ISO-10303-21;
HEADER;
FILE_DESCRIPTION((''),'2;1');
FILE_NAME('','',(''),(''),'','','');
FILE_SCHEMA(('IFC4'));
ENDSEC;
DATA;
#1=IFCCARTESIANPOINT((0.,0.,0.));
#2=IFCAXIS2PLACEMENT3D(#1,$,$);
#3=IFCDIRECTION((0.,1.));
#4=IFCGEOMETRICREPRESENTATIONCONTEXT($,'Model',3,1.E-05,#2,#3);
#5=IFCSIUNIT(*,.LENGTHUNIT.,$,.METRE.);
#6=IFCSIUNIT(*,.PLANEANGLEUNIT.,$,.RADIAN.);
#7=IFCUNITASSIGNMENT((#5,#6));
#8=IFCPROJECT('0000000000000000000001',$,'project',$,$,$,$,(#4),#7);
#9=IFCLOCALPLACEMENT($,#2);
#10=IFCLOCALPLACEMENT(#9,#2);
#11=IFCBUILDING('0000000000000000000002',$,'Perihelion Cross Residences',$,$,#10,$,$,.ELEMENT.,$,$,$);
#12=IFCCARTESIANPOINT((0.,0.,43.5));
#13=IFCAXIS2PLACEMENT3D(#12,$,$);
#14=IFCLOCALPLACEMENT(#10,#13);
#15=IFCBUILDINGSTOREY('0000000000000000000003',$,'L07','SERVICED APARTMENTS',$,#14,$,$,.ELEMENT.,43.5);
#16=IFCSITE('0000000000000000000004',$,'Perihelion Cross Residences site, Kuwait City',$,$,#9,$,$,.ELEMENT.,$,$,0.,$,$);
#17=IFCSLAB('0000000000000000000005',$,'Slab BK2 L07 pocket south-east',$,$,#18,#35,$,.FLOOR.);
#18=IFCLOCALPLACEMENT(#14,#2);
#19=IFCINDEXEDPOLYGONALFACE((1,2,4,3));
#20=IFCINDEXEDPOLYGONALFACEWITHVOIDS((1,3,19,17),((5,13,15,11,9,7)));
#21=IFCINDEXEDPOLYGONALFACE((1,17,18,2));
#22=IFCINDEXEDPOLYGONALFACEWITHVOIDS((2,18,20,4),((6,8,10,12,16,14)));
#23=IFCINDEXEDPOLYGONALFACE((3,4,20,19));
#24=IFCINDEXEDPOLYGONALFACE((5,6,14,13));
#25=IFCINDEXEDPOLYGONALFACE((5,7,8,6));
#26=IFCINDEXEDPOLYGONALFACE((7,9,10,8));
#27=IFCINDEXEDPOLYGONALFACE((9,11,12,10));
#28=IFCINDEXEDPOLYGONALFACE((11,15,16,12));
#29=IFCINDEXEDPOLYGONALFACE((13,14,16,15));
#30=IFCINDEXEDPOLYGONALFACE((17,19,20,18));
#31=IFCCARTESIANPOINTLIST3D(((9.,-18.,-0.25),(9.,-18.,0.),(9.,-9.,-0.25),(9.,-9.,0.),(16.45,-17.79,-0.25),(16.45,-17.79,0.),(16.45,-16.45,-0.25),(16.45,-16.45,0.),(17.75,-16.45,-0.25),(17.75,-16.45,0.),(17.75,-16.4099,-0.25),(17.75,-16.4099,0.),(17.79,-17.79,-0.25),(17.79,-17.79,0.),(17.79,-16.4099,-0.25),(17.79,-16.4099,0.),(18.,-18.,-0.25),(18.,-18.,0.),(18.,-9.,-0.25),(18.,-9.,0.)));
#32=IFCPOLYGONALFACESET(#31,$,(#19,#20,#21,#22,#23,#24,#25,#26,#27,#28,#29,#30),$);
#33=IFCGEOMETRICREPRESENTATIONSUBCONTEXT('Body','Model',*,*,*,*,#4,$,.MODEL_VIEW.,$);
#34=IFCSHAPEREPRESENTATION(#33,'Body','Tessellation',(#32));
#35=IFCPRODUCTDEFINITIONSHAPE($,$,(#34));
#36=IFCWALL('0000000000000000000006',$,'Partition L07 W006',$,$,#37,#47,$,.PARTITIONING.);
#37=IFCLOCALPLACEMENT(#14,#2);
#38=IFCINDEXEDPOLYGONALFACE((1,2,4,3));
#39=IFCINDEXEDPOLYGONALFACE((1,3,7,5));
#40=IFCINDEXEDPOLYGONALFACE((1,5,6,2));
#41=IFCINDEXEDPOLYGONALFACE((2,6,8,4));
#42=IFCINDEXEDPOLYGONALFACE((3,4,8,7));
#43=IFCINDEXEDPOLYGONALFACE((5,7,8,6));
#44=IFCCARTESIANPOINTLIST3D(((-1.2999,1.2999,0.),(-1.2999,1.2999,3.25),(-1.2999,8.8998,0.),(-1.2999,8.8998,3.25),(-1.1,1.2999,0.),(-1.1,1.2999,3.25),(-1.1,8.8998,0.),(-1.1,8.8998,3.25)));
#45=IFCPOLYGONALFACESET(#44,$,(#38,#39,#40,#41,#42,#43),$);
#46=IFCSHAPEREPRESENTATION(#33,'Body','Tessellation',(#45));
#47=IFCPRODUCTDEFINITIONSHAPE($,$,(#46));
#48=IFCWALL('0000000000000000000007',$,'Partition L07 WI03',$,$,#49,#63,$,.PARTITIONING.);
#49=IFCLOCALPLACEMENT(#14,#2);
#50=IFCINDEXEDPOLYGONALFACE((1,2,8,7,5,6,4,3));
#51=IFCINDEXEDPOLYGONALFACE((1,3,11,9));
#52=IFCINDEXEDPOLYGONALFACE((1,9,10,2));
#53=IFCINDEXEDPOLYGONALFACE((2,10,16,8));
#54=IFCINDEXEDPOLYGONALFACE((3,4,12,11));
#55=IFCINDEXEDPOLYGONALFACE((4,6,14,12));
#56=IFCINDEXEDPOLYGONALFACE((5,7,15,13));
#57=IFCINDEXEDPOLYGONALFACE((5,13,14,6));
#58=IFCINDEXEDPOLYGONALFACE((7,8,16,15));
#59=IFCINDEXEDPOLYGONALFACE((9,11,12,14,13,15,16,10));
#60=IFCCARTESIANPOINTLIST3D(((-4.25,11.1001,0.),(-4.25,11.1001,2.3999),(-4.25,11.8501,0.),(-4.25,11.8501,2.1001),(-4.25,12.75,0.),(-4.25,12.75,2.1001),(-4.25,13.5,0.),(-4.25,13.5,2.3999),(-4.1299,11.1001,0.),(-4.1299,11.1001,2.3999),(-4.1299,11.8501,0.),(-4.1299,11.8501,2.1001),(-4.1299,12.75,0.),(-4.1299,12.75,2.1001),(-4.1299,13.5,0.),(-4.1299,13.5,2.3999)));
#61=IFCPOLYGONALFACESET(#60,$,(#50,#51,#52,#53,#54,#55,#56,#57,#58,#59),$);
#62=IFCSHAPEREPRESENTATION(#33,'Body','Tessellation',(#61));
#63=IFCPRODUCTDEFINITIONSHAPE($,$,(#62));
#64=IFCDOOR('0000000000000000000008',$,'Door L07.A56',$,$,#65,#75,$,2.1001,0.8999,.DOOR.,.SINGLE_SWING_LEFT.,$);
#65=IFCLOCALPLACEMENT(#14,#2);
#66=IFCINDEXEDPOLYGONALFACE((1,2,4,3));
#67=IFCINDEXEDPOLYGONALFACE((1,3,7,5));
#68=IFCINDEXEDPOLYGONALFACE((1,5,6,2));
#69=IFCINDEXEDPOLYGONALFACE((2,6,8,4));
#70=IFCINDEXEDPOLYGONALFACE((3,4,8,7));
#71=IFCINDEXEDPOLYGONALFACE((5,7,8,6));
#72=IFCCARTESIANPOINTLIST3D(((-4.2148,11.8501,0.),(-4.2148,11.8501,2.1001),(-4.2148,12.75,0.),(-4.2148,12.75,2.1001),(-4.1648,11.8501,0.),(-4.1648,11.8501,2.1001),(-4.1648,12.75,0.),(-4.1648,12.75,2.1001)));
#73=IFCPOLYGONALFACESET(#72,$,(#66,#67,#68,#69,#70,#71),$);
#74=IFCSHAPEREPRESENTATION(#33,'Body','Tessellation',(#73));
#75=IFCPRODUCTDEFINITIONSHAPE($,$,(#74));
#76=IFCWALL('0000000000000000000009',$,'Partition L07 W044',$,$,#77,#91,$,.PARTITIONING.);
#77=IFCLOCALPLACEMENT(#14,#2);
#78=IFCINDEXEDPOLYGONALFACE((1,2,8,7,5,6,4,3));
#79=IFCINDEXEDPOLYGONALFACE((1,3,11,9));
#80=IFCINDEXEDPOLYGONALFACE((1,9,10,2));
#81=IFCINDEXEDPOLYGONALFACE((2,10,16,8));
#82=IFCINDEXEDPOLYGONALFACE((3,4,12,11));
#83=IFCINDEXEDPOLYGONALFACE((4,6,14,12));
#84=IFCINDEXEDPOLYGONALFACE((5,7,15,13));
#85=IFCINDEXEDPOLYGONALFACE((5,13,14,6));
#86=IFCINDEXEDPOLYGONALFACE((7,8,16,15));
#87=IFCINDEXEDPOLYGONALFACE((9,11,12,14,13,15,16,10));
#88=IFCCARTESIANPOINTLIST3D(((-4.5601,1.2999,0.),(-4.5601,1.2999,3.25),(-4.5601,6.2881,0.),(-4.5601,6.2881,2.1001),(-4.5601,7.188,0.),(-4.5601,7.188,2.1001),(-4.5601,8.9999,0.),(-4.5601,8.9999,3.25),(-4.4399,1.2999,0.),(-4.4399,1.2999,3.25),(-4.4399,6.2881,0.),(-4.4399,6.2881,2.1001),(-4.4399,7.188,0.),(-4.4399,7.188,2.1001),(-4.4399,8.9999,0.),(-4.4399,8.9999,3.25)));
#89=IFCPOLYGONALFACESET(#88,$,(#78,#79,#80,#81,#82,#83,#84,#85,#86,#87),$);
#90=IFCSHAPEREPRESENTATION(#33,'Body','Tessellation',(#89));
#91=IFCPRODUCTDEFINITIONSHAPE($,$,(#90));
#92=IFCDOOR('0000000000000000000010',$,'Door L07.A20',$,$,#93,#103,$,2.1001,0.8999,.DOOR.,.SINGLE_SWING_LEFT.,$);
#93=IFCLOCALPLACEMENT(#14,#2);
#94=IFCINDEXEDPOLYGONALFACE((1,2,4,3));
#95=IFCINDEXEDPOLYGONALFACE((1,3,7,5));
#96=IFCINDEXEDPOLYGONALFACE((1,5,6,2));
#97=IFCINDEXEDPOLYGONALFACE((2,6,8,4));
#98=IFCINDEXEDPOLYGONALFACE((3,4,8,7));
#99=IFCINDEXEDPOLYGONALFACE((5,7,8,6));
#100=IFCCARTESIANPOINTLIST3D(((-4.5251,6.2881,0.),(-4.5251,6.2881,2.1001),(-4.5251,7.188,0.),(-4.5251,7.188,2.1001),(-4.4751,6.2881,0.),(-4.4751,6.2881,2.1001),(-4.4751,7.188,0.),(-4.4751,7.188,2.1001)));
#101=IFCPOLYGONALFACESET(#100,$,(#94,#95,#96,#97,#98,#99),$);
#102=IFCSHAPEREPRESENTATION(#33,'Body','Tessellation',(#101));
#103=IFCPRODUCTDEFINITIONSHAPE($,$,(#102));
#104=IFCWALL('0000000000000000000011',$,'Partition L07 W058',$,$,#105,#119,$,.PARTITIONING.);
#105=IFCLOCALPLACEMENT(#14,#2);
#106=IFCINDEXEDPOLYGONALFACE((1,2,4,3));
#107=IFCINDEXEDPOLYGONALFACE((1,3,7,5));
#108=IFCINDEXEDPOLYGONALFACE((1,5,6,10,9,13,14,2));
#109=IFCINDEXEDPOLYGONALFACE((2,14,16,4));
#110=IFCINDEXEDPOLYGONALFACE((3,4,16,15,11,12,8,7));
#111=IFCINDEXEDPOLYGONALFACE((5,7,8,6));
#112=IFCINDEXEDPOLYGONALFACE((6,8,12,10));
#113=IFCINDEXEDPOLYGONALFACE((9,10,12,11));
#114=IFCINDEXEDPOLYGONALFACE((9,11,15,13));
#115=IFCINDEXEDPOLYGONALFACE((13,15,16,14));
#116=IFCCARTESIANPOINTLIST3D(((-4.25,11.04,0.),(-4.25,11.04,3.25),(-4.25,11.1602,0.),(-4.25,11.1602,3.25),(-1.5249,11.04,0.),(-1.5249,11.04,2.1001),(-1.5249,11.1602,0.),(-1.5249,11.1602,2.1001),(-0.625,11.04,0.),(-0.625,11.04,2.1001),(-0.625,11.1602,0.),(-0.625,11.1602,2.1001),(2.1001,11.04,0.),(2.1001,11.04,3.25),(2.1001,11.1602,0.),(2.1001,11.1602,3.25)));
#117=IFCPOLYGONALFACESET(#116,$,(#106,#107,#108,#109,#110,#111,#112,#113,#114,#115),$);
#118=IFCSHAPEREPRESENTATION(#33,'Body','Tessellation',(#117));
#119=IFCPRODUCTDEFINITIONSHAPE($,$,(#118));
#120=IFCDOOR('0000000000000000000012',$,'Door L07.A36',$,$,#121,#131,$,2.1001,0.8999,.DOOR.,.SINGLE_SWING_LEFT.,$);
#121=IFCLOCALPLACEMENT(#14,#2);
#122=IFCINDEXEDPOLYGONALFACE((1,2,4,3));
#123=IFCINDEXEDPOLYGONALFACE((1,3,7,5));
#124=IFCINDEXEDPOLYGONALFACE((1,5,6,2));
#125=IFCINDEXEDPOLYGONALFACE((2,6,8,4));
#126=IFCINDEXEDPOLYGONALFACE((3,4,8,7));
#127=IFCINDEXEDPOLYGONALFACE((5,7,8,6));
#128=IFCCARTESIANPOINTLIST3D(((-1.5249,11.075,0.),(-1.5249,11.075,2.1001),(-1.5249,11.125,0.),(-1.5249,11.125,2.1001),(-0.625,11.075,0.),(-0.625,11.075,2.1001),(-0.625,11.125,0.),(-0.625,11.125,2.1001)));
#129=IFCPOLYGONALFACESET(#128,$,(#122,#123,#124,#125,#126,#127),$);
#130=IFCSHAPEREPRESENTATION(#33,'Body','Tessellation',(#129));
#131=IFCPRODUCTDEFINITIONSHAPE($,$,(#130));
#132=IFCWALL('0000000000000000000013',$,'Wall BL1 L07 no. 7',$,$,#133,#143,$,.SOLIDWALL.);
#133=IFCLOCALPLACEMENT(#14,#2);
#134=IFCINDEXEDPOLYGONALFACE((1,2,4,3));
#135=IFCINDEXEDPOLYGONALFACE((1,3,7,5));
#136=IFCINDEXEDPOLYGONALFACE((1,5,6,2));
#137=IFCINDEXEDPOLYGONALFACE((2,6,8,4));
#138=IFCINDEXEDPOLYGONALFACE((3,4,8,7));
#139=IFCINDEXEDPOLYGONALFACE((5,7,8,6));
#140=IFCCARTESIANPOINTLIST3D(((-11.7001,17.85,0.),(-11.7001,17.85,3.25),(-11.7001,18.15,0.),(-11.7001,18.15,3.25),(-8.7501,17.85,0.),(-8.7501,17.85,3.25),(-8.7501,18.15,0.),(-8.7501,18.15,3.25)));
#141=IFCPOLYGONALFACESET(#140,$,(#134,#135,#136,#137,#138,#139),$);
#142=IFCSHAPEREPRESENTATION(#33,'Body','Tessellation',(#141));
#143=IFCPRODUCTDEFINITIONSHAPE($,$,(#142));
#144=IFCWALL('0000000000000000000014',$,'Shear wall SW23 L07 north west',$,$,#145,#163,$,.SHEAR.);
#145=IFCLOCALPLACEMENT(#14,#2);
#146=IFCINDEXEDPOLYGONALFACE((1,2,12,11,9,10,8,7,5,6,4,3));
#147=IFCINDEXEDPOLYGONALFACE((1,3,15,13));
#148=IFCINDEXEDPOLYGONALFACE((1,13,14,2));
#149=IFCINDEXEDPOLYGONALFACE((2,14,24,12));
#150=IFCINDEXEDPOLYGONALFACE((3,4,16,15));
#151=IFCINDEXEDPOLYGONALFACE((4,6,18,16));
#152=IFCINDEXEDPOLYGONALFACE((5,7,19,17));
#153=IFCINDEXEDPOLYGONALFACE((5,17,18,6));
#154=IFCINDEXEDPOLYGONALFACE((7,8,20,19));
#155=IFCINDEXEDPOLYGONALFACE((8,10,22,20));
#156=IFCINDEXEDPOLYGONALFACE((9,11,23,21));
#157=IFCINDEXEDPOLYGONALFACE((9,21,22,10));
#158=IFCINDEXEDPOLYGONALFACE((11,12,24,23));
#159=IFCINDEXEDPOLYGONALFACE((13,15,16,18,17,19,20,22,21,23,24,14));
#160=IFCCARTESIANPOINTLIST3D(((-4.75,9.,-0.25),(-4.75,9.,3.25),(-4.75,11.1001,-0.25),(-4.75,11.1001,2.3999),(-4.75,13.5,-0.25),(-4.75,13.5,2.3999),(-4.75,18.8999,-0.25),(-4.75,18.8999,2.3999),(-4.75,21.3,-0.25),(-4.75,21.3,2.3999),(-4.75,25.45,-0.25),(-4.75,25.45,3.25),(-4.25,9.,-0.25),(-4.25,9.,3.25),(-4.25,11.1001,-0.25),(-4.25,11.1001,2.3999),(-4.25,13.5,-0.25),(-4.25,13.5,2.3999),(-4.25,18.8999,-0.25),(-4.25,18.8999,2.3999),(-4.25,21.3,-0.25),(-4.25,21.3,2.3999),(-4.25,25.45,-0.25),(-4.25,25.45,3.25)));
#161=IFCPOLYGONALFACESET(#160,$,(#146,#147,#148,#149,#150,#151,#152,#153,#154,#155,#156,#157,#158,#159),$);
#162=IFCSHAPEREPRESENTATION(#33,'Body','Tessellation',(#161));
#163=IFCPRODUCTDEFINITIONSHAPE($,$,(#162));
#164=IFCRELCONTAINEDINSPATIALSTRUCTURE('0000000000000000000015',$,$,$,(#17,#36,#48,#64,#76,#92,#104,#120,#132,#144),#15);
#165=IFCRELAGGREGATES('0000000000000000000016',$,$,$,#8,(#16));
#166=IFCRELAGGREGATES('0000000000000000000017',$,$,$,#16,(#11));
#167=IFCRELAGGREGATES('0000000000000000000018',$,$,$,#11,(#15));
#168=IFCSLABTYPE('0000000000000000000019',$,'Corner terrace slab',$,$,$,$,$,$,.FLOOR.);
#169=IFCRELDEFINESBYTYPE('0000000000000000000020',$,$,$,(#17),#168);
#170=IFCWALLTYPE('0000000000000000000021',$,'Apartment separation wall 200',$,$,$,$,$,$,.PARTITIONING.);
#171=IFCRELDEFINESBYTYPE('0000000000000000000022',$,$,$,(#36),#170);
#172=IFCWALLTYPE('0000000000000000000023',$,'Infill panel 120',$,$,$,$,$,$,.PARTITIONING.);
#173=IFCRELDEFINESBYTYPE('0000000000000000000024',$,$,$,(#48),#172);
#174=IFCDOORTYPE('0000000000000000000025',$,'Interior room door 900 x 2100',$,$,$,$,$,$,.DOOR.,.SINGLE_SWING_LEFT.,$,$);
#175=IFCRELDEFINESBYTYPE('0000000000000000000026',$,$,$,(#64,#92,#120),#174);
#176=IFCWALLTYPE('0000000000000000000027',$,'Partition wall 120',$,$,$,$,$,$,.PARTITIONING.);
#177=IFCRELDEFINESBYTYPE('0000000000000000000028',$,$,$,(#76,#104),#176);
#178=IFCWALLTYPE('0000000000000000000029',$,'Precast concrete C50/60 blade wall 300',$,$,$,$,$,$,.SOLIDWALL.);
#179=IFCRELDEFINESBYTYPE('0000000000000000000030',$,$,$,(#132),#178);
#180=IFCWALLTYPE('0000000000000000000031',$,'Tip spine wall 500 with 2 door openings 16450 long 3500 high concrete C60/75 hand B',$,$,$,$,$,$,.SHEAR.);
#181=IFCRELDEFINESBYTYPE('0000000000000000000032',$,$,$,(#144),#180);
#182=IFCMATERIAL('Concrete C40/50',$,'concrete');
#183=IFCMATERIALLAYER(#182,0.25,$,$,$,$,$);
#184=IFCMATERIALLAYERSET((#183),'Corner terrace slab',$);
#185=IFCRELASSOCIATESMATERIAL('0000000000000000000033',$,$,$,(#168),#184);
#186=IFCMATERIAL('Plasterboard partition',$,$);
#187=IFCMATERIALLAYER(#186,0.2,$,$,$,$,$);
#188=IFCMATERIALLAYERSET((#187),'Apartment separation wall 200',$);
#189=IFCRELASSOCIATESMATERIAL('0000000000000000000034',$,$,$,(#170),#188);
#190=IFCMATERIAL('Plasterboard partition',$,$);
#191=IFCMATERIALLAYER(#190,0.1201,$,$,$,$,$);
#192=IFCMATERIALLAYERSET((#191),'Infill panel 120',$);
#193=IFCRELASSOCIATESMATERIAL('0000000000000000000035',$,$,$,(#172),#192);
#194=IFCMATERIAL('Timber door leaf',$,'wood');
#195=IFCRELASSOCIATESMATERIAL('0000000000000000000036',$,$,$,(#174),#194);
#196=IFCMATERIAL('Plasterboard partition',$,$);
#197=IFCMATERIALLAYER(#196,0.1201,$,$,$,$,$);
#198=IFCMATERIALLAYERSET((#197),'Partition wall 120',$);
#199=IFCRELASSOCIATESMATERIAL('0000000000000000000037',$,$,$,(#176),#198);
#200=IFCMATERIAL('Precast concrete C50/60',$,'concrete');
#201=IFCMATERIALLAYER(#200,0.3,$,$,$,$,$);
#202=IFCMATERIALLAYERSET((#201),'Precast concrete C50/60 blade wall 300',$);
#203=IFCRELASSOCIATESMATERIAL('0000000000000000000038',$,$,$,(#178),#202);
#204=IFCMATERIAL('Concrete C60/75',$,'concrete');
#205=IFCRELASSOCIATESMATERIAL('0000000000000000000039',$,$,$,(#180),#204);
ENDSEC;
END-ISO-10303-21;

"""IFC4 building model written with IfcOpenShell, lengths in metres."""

from ifc_helpers import new_model, si_unit, direction, frame, frame_2d, origin, place, context, subcontext, project, spatial, polyline, rectangle, outline, extrude, material, layer, layer_set, material_profile, profile_set, type_object, element, fill, save


model = new_model("IFC4")

# Units and contexts
model_context = context("Model", 3, precision=1e-05, world=origin(), true_north=direction((0.0, 1.0)))
body_context = subcontext(model_context, "Body", "Model", "MODEL_VIEW")
ifc_project = project(units=[si_unit("LENGTHUNIT", "METRE"), si_unit("PLANEANGLEUNIT", "RADIAN")], contexts=[model_context])

# Site, building, storey
site_placement = place(None, origin())
site = spatial("IfcSite", under=ifc_project, at=site_placement, Name="Perihelion Cross Residences site, Kuwait City", CompositionType="ELEMENT", RefElevation=0.0)
building_placement = place(site_placement, origin())
building = spatial("IfcBuilding", under=site, at=building_placement, Name="Perihelion Cross Residences", CompositionType="ELEMENT")
storey_placement = place(building_placement, frame((0.0, 0.0, 43.5)))
storey = spatial("IfcBuildingStorey", under=building, at=storey_placement, Name="L07", Description="SERVICED APARTMENTS", CompositionType="ELEMENT", Elevation=43.5)

# Slab
ifc_material_1 = material(Name="Concrete C40/50", Category="concrete")
ifc_layer_1 = layer(ifc_material_1, 0.25)
ifc_layer_set_1 = layer_set([ifc_layer_1], Name="Corner terrace slab")
slab_type_1 = type_object("IfcSlabType", Name="Corner terrace slab", PredefinedType="FLOOR", material=ifc_layer_set_1)
slab_1_placement = place(storey_placement, frame((0.0, 0.0, -0.25)))
element("IfcSlab", 1, at=slab_1_placement, inside=storey, type_object=slab_type_1, Name="Slab BK2 L07 pocket south-east", PredefinedType="FLOOR", context=body_context, shape_type="SweptSolid", body=[
    extrude(outline(polyline([(18.0, -18.0), (18.0, -9.0), (9.0, -9.0), (9.0, -18.0), (18.0, -18.0)]), holes=[polyline([(16.45, -17.79), (16.45, -16.45), (17.75, -16.45), (17.75, -16.4099), (17.79, -16.4099), (17.79, -17.79), (16.45, -17.79)])]), origin(), (0.0, 0.0, 1.0), 0.25),
])

# Wall
ifc_material_2 = material(Name="Plasterboard partition")
ifc_layer_2 = layer(ifc_material_2, 0.2)
ifc_layer_set_2 = layer_set([ifc_layer_2], Name="Apartment separation wall 200")
wall_type_1 = type_object("IfcWallType", Name="Apartment separation wall 200", PredefinedType="PARTITIONING", material=ifc_layer_set_2)
wall_1_placement = place(storey_placement, frame((-1.2, 1.3, 0.0), z_axis=(0.0, 0.0, 1.0), x_axis=(0.0, 1.0, 0.0)))
element("IfcWall", 2, at=wall_1_placement, inside=storey, type_object=wall_type_1, Name="Partition L07 W006", PredefinedType="PARTITIONING", context=body_context, shape_type="SweptSolid", body=[
    extrude(rectangle(XDim=7.5999, YDim=0.2, at=frame_2d((3.7998, 0.0))), origin(), (0.0, 0.0, 1.0), 3.25),
])

# Walls, openings, doors
ifc_material_3 = material(Name="Plasterboard partition")
ifc_layer_3 = layer(ifc_material_3, 0.1201)
ifc_layer_set_3 = layer_set([ifc_layer_3], Name="Infill panel 120")
wall_type_2 = type_object("IfcWallType", Name="Infill panel 120", PredefinedType="PARTITIONING", material=ifc_layer_set_3)
wall_2_placement = place(storey_placement, frame((-4.1899, 11.1001, 0.0), z_axis=(0.0, 0.0, 1.0), x_axis=(0.0, 1.0, 0.0)))
wall_2 = element("IfcWall", 3, at=wall_2_placement, inside=storey, type_object=wall_type_2, Name="Partition L07 WI03", PredefinedType="PARTITIONING", context=body_context, shape_type="SweptSolid", body=[
    extrude(rectangle(XDim=2.3999, YDim=0.1201, at=frame_2d((1.2, 0.0))), origin(), (0.0, 0.0, 1.0), 2.3999),
])
opening_1_placement = place(wall_2_placement, frame((0.75, 0.0, 0.0)))
opening_1 = element("IfcOpeningElement", 4, at=opening_1_placement, cuts=wall_2, PredefinedType="OPENING", context=body_context, shape_type="SweptSolid", body=[
    extrude(rectangle(XDim=0.8999, YDim=2.1001, at=frame_2d((0.45, 1.05))), frame((0.0, 0.0701, 0.0), z_axis=(0.0, -1.0, 0.0), x_axis=(1.0, 0.0, 0.0)), (0.0, 0.0, 1.0), 0.1401),
])
ifc_material_4 = material(Name="Timber door leaf", Category="wood")
door_type = type_object("IfcDoorType", Name="Interior room door 900 x 2100", OperationType="SINGLE_SWING_LEFT", PredefinedType="DOOR", material=ifc_material_4)
door_1_placement = place(opening_1_placement, origin())
door_1 = element("IfcDoor", 5, at=door_1_placement, inside=storey, type_object=door_type, Name="Door L07.A56", OperationType="SINGLE_SWING_LEFT", OverallHeight=2.1001, OverallWidth=0.8999, PredefinedType="DOOR", context=body_context, shape_type="SweptSolid", body=[
    extrude(rectangle(XDim=0.8999, YDim=2.1001, at=frame_2d((0.45, 1.05))), frame((0.0, 0.0249, 0.0), z_axis=(0.0, -1.0, 0.0), x_axis=(1.0, 0.0, 0.0)), (0.0, 0.0, 1.0), 0.05),
])
fill(opening_1, door_1)
ifc_material_5 = material(Name="Plasterboard partition")
ifc_layer_4 = layer(ifc_material_5, 0.1201)
ifc_layer_set_4 = layer_set([ifc_layer_4], Name="Partition wall 120")
wall_type_3 = type_object("IfcWallType", Name="Partition wall 120", PredefinedType="PARTITIONING", material=ifc_layer_set_4)
wall_3_placement = place(storey_placement, frame((-4.5, 9.0, 0.0), z_axis=(0.0, 0.0, 1.0), x_axis=(0.0, -1.0, 0.0)))
wall_3 = element("IfcWall", 6, at=wall_3_placement, inside=storey, type_object=wall_type_3, Name="Partition L07 W044", PredefinedType="PARTITIONING", context=body_context, shape_type="SweptSolid", body=[
    extrude(rectangle(XDim=7.7, YDim=0.1201, at=frame_2d((3.8501, 0.0))), origin(), (0.0, 0.0, 1.0), 3.25),
])
opening_2_placement = place(wall_3_placement, frame((1.812, 0.0, 0.0)))
opening_2 = element("IfcOpeningElement", 7, at=opening_2_placement, cuts=wall_3, PredefinedType="OPENING", context=body_context, shape_type="SweptSolid", body=[
    extrude(rectangle(XDim=0.8999, YDim=2.1001, at=frame_2d((0.45, 1.05))), frame((0.0, 0.0701, 0.0), z_axis=(0.0, -1.0, 0.0), x_axis=(1.0, 0.0, 0.0)), (0.0, 0.0, 1.0), 0.1401),
])
door_2_placement = place(opening_2_placement, origin())
door_2 = element("IfcDoor", 8, at=door_2_placement, inside=storey, type_object=door_type, Name="Door L07.A20", OperationType="SINGLE_SWING_LEFT", OverallHeight=2.1001, OverallWidth=0.8999, PredefinedType="DOOR", context=body_context, shape_type="SweptSolid", body=[
    extrude(rectangle(XDim=0.8999, YDim=2.1001, at=frame_2d((0.45, 1.05))), frame((0.0, 0.0249, 0.0), z_axis=(0.0, -1.0, 0.0), x_axis=(1.0, 0.0, 0.0)), (0.0, 0.0, 1.0), 0.05),
])
fill(opening_2, door_2)
wall_4_placement = place(storey_placement, frame((-4.25, 11.1001, 0.0), z_axis=(0.0, 0.0, 1.0), x_axis=(1.0, 0.0, 0.0)))
wall_4 = element("IfcWall", 9, at=wall_4_placement, inside=storey, type_object=wall_type_3, Name="Partition L07 W058", PredefinedType="PARTITIONING", context=body_context, shape_type="SweptSolid", body=[
    extrude(rectangle(XDim=6.3501, YDim=0.1201, at=frame_2d((3.175, 0.0))), origin(), (0.0, 0.0, 1.0), 3.25),
])
opening_3_placement = place(wall_4_placement, frame((2.7251, 0.0, 0.0)))
opening_3 = element("IfcOpeningElement", 10, at=opening_3_placement, cuts=wall_4, PredefinedType="OPENING", context=body_context, shape_type="SweptSolid", body=[
    extrude(rectangle(XDim=0.8999, YDim=2.1001, at=frame_2d((0.45, 1.05))), frame((0.0, 0.0701, 0.0), z_axis=(0.0, -1.0, 0.0), x_axis=(1.0, 0.0, 0.0)), (0.0, 0.0, 1.0), 0.1401),
])
door_3_placement = place(opening_3_placement, origin())
door_3 = element("IfcDoor", 11, at=door_3_placement, inside=storey, type_object=door_type, Name="Door L07.A36", OperationType="SINGLE_SWING_LEFT", OverallHeight=2.1001, OverallWidth=0.8999, PredefinedType="DOOR", context=body_context, shape_type="SweptSolid", body=[
    extrude(rectangle(XDim=0.8999, YDim=2.1001, at=frame_2d((0.45, 1.05))), frame((0.0, 0.0249, 0.0), z_axis=(0.0, -1.0, 0.0), x_axis=(1.0, 0.0, 0.0)), (0.0, 0.0, 1.0), 0.05),
])
fill(opening_3, door_3)

# Walls
ifc_material_6 = material(Name="Precast concrete C50/60", Category="concrete")
ifc_layer_5 = layer(ifc_material_6, 0.3)
ifc_layer_set_5 = layer_set([ifc_layer_5], Name="Precast concrete C50/60 blade wall 300")
wall_type_4 = type_object("IfcWallType", Name="Precast concrete C50/60 blade wall 300", PredefinedType="SOLIDWALL", material=ifc_layer_set_5)
wall_5_placement = place(storey_placement, frame((-8.75, 18.0, 0.0), z_axis=(0.0, 0.0, 1.0), x_axis=(-1.0, 0.0, 0.0)))
element("IfcWall", 12, at=wall_5_placement, inside=storey, type_object=wall_type_4, Name="Wall BL1 L07 no. 7", PredefinedType="SOLIDWALL", context=body_context, shape_type="SweptSolid", body=[
    extrude(rectangle(XDim=2.95, YDim=0.3, at=frame_2d((1.4751, 0.0))), origin(), (0.0, 0.0, 1.0), 3.25),
])
ifc_material_7 = material(Name="Concrete C60/75", Category="concrete")
ifc_material_profile_1 = material_profile(ifc_material_7, outline(polyline([(0.0, 0.0), (2.1001, 0.0), (2.1001, 2.6499), (4.5, 2.6499), (4.5, 0.0), (9.8999, 0.0), (9.8999, 2.6499), (12.3, 2.6499), (12.3, 0.0), (16.45, 0.0), (16.45, 3.5), (0.0, 3.5), (0.0, 0.0)])), Name="Tip spine wall")
ifc_profile_set_1 = profile_set([ifc_material_profile_1], Name="Concrete C60/75")
wall_type_5 = type_object("IfcWallType", Name="Tip spine wall 500 with 2 door openings 16450 long 3500 high concrete C60/75 hand B", PredefinedType="SHEAR", material=ifc_profile_set_1)
wall_6_placement = place(storey_placement, frame((-4.75, 9.0, -0.25), z_axis=(1.0, 0.0, 0.0), x_axis=(0.0, 1.0, 0.0)))
element("IfcWall", 13, at=wall_6_placement, inside=storey, type_object=wall_type_5, Name="Shear wall SW23 L07 north west", PredefinedType="SHEAR", context=body_context, shape_type="SweptSolid", body=[
    extrude(outline(polyline([(0.0, 0.0), (2.1001, 0.0), (2.1001, 2.6499), (4.5, 2.6499), (4.5, 0.0), (9.8999, 0.0), (9.8999, 2.6499), (12.3, 2.6499), (12.3, 0.0), (16.45, 0.0), (16.45, 3.5), (0.0, 3.5), (0.0, 0.0)])), origin(), (0.0, 0.0, 1.0), 0.5),
])

save(model, "model.ifc")
